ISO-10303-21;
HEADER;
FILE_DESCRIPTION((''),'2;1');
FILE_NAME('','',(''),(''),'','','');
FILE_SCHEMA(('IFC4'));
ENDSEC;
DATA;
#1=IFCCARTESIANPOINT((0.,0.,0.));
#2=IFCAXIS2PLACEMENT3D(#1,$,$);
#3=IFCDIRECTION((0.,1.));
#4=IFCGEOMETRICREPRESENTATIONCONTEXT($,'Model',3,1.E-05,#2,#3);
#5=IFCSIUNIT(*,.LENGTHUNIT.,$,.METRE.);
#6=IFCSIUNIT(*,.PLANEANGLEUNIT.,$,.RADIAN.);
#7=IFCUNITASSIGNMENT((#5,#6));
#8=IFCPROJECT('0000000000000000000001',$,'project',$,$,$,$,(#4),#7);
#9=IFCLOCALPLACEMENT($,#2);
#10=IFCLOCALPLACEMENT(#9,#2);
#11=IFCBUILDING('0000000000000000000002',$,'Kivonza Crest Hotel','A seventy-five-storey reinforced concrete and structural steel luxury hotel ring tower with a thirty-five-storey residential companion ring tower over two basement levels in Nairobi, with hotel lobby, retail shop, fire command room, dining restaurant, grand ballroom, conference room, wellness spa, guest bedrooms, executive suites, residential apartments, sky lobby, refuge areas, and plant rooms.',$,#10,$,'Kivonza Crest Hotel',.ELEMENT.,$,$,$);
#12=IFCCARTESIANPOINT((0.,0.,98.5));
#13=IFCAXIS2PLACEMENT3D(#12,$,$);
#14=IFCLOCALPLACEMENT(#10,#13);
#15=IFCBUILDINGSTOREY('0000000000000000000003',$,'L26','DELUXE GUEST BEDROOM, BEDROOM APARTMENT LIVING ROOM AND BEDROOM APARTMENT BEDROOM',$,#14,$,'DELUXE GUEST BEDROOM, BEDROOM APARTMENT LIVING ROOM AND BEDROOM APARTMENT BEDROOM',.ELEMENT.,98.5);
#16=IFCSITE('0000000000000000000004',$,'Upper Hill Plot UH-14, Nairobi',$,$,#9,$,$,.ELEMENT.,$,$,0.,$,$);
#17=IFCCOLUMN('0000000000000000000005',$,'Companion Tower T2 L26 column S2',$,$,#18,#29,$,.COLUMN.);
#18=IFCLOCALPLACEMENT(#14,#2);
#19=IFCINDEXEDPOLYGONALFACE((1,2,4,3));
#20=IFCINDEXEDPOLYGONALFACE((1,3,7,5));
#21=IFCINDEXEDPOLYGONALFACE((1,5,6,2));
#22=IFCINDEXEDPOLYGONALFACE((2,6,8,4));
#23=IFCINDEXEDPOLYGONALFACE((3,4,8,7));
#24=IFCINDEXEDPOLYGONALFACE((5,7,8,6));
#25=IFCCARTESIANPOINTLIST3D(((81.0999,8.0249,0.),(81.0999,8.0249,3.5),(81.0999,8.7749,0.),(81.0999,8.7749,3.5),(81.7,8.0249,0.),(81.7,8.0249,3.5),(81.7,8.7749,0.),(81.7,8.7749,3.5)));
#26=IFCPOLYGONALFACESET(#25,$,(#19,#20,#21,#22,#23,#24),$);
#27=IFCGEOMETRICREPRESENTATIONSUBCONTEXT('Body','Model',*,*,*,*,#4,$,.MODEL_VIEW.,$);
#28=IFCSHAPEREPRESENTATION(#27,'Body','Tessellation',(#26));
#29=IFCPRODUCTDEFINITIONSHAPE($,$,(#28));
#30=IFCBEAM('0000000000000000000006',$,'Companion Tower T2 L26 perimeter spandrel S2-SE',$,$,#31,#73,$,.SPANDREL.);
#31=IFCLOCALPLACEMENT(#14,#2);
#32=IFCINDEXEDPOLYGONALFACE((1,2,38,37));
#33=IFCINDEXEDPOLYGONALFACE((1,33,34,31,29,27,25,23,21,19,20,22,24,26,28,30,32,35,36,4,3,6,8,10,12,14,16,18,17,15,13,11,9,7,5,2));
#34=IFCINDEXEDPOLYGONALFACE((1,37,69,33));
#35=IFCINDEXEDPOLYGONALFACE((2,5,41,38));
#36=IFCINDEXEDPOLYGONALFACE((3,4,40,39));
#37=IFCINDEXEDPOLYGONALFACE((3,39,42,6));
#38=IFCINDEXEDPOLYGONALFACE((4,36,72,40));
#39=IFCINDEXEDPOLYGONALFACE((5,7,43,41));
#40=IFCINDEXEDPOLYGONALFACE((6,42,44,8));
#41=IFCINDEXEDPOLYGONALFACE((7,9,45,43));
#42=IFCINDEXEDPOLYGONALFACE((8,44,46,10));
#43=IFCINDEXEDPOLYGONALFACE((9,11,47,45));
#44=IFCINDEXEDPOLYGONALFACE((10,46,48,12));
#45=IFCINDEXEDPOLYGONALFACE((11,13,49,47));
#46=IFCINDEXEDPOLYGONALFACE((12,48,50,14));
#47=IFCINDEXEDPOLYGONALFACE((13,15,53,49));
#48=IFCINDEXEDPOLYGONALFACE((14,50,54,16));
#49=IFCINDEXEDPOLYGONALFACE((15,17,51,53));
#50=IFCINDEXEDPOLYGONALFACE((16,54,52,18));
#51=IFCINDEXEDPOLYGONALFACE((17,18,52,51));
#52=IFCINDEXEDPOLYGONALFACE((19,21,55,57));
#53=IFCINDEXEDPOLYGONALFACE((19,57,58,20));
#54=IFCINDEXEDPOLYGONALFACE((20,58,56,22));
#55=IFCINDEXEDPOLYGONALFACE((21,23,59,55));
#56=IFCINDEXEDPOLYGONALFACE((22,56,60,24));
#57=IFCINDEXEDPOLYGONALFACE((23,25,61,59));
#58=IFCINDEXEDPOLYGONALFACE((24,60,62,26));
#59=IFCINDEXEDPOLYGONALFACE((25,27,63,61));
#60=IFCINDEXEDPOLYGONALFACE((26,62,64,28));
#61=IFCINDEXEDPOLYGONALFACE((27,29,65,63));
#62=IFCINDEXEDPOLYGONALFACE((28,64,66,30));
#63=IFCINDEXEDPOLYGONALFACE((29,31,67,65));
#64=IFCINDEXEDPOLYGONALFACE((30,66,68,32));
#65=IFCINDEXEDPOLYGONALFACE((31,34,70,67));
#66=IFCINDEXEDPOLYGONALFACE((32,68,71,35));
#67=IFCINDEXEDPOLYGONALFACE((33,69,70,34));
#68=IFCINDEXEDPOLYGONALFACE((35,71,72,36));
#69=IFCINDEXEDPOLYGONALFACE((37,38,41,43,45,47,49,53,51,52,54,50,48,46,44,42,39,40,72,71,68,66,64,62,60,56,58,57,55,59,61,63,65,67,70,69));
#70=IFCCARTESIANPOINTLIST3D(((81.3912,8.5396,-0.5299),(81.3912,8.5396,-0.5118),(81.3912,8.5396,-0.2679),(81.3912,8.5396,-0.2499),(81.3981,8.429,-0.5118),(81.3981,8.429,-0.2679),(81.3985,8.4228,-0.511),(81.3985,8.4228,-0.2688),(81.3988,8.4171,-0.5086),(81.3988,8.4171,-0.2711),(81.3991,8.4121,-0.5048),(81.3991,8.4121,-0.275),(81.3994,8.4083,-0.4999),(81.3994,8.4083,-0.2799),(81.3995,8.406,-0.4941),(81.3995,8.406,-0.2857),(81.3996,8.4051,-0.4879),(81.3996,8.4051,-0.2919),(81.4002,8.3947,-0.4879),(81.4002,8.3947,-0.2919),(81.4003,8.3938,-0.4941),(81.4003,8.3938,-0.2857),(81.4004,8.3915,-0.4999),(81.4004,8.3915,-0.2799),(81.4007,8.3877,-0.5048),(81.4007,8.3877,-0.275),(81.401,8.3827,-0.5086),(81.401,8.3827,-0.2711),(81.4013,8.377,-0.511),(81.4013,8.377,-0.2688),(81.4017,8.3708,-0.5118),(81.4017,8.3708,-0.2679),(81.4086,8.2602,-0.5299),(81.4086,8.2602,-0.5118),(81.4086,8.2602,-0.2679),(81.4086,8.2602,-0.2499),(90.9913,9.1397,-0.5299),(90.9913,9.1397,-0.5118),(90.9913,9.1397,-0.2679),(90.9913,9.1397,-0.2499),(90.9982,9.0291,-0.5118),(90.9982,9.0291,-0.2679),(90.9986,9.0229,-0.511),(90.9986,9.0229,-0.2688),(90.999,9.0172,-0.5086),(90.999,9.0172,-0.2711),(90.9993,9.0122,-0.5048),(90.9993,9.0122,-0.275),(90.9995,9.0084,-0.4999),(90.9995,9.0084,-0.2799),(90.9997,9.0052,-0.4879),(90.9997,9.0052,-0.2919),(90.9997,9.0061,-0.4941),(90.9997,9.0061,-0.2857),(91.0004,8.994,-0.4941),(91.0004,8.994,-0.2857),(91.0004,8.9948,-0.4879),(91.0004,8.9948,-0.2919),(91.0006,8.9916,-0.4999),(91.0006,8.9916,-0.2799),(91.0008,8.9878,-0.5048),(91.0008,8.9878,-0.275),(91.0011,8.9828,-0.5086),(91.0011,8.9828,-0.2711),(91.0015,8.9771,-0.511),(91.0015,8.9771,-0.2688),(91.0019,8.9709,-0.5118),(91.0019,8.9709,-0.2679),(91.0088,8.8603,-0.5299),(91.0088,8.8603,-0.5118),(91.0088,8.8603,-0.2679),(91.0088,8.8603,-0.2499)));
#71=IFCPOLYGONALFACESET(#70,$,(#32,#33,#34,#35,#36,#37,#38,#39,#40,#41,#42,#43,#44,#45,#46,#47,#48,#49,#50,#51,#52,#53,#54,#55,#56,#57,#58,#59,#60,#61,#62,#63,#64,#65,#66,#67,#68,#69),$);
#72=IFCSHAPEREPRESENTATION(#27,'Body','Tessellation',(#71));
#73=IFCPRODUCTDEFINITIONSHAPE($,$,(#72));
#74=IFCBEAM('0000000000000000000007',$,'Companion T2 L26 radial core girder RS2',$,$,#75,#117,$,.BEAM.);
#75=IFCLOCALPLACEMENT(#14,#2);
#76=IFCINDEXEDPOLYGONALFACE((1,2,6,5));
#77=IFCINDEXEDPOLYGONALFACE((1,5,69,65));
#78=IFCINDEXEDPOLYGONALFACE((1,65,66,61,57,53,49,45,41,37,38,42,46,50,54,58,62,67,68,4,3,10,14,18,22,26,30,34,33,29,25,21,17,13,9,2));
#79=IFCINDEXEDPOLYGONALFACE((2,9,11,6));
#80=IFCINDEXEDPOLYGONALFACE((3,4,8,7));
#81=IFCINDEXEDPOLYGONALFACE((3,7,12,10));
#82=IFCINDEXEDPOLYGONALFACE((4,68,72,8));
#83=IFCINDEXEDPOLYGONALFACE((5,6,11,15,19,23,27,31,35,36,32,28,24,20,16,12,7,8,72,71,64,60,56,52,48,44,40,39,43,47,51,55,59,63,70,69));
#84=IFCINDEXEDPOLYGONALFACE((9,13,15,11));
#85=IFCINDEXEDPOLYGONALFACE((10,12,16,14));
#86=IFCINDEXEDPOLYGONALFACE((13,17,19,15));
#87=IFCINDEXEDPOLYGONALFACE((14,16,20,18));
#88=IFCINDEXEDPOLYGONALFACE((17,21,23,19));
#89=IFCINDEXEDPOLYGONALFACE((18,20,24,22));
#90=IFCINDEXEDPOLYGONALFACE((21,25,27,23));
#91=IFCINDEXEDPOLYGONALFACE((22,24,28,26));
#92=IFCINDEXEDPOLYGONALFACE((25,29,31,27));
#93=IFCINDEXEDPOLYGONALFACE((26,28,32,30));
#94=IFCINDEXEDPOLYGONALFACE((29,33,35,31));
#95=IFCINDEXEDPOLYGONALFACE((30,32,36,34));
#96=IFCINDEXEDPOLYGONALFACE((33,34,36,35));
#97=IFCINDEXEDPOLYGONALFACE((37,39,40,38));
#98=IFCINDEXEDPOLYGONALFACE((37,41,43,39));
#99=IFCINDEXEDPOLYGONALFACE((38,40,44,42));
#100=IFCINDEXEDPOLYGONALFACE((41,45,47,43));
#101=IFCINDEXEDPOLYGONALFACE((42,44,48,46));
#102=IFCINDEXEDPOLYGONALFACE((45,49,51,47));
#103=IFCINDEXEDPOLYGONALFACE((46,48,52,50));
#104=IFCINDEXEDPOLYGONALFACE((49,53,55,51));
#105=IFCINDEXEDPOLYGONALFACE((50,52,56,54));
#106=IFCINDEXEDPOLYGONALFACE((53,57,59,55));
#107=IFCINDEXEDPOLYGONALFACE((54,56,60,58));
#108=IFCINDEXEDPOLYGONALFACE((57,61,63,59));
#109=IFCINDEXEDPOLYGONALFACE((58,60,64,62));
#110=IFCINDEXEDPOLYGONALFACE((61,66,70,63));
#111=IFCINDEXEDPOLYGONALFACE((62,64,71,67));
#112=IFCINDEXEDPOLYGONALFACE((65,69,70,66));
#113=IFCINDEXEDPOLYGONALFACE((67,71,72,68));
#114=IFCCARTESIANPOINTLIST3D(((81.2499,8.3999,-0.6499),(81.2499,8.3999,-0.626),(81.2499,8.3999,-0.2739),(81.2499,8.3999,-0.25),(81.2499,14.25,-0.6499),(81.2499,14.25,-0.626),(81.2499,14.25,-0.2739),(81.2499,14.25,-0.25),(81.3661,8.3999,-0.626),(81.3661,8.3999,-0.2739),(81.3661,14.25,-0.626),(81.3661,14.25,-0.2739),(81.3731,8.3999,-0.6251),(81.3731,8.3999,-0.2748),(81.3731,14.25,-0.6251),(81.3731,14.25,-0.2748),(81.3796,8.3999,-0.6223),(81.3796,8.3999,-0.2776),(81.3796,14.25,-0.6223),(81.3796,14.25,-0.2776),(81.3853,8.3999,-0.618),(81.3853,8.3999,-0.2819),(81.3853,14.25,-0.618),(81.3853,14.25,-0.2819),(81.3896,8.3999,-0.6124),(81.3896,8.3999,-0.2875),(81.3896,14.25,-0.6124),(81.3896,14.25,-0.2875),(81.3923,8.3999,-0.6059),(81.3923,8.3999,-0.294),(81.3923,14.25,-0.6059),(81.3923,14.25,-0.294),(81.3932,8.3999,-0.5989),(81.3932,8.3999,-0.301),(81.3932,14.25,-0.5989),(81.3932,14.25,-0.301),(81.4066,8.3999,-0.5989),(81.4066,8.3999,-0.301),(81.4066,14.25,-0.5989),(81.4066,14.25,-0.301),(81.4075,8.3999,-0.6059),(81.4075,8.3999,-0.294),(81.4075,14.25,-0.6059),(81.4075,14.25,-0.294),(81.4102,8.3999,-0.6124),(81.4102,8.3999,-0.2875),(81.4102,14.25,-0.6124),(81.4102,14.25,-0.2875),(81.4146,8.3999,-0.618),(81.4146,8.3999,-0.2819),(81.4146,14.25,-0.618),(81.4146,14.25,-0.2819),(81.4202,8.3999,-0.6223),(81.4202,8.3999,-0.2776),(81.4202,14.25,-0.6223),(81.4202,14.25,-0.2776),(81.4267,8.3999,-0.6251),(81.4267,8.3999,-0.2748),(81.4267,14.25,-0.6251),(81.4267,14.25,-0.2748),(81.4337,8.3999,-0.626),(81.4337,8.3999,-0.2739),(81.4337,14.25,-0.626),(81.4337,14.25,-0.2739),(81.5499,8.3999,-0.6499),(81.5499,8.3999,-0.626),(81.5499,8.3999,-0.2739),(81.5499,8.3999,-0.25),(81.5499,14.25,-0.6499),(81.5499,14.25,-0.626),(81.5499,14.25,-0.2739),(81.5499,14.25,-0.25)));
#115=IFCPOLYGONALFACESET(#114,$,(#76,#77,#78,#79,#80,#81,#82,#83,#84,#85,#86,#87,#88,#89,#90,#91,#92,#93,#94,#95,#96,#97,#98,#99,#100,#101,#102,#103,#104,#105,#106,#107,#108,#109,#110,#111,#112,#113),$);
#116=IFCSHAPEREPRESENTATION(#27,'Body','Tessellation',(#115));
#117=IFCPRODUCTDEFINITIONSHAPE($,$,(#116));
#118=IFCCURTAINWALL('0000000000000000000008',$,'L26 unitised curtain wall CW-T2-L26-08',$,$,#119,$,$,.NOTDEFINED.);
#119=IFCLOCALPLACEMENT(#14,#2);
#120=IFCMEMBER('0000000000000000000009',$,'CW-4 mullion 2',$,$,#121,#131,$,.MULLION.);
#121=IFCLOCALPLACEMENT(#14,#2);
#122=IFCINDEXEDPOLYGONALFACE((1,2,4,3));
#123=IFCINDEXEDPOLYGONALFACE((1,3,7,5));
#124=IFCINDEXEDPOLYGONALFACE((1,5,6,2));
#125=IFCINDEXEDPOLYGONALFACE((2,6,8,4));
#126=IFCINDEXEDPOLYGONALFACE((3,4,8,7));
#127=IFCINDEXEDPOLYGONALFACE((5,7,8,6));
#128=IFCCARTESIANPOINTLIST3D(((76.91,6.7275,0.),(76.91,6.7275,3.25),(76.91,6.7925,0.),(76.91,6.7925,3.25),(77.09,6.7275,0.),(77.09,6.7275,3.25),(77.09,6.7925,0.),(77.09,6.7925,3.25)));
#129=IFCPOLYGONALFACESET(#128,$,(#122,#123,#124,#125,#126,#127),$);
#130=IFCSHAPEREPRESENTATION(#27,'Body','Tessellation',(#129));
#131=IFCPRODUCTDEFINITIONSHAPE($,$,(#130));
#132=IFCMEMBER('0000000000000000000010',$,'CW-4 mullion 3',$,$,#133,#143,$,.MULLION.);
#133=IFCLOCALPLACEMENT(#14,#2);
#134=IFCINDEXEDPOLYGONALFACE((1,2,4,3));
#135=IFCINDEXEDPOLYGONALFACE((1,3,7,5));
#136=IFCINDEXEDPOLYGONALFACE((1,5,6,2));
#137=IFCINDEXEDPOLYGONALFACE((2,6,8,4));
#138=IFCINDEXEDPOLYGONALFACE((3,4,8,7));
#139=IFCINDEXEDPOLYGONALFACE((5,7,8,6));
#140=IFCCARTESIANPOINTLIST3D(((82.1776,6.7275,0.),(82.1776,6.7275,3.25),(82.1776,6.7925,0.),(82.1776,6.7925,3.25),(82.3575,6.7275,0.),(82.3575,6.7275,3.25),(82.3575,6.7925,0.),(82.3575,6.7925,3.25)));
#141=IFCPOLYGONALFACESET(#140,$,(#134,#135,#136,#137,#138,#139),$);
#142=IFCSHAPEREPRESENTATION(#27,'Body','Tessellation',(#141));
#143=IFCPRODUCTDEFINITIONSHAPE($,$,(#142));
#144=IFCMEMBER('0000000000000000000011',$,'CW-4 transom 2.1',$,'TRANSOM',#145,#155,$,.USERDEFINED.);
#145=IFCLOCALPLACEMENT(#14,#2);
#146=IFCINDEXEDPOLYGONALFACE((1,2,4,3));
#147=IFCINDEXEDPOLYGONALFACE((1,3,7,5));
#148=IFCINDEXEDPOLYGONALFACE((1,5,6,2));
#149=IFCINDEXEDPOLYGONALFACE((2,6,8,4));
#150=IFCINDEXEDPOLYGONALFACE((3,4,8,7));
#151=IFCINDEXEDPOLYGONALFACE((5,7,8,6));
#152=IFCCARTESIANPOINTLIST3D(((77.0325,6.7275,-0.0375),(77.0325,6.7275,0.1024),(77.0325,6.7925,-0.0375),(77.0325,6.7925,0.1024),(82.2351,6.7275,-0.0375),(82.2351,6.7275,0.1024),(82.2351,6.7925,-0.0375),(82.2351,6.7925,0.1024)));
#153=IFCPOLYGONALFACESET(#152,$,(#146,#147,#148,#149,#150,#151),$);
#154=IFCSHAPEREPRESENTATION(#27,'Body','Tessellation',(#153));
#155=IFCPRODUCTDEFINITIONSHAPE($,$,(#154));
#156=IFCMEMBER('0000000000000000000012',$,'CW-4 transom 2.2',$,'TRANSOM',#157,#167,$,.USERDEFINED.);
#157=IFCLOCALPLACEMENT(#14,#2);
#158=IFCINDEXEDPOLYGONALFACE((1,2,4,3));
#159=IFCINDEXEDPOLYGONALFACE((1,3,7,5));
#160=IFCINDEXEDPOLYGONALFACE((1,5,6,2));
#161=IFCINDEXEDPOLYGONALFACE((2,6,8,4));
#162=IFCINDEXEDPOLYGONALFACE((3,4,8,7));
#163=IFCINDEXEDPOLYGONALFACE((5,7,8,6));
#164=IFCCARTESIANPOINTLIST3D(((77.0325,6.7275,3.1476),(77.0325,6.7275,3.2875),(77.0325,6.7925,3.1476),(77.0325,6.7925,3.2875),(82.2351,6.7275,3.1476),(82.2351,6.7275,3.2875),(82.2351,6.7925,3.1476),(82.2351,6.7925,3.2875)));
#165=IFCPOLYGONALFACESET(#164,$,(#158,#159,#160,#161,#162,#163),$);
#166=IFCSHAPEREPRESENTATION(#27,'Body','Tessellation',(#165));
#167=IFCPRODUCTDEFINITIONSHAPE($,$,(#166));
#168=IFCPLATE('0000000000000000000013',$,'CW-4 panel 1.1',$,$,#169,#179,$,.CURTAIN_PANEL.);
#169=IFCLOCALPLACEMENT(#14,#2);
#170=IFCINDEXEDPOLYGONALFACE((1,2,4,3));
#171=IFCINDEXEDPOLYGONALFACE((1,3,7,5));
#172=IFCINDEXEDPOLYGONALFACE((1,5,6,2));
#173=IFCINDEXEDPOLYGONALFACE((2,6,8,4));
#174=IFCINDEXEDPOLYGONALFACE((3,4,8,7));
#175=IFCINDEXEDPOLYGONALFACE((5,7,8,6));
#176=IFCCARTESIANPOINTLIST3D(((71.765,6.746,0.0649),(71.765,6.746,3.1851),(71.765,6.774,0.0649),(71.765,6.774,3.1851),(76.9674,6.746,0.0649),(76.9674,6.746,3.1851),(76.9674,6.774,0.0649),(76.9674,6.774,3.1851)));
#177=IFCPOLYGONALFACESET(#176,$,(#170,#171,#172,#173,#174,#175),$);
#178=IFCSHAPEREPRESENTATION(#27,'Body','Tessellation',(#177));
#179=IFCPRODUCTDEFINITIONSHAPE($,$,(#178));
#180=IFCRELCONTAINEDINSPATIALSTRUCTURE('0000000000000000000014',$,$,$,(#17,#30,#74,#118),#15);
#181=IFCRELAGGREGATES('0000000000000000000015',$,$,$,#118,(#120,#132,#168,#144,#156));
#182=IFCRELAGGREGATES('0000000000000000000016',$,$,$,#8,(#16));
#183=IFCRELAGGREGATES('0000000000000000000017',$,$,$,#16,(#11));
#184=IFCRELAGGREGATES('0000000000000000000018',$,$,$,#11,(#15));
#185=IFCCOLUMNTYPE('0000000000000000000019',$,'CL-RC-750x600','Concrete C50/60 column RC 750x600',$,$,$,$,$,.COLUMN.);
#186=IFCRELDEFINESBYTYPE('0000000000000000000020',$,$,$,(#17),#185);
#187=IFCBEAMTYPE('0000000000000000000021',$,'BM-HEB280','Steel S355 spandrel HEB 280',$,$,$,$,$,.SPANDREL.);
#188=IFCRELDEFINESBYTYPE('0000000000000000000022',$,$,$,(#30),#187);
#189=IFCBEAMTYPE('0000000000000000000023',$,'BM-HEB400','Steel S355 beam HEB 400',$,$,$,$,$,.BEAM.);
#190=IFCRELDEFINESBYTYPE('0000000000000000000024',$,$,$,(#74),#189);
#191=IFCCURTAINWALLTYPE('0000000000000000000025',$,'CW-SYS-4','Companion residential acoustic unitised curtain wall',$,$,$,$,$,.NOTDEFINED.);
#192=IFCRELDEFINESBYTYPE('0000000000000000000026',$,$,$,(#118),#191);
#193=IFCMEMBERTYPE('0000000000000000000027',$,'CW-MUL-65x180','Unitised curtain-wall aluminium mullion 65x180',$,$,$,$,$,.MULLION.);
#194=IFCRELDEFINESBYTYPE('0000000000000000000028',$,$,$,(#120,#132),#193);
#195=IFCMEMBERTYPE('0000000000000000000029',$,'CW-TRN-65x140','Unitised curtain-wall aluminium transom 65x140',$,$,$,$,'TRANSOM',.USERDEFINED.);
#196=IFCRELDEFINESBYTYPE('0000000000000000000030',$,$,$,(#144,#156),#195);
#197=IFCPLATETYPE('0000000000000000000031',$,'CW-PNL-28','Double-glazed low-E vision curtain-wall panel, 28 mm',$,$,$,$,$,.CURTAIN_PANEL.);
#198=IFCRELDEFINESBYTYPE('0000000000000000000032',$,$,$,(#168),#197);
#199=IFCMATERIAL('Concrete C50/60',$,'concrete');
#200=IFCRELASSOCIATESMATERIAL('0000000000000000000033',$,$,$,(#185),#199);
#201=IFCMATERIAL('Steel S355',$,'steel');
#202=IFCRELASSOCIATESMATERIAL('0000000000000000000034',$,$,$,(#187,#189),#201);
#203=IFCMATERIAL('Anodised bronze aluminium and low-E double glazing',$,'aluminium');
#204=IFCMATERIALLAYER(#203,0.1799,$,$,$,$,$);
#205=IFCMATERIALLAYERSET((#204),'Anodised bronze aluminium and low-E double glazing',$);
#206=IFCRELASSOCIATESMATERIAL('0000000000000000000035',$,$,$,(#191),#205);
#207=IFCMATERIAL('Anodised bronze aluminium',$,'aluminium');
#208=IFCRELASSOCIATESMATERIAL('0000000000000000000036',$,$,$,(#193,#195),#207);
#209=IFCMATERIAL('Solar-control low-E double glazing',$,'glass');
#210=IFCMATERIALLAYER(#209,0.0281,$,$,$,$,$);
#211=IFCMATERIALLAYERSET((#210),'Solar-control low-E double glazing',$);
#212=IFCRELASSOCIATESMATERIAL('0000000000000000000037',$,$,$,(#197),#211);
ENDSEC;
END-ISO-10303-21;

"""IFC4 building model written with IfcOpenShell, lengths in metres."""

from ifc_helpers import new_model, si_unit, direction, frame, origin, origin_2d, place, context, subcontext, project, spatial, rectangle, i_section, extrude, material, layer, layer_set, material_profile, profile_set, type_object, element, aggregate, save


model = new_model("IFC4")

# Units and contexts
model_context = context("Model", 3, precision=1e-05, world=origin(), true_north=direction((0.0, 1.0)))
body_context = subcontext(model_context, "Body", "Model", "MODEL_VIEW")
ifc_project = project(units=[si_unit("LENGTHUNIT", "METRE"), si_unit("PLANEANGLEUNIT", "RADIAN")], contexts=[model_context])

# Site, building, storey
site_placement = place(None, origin())
site = spatial("IfcSite", under=ifc_project, at=site_placement, Name="Upper Hill Plot UH-14, Nairobi", CompositionType="ELEMENT", RefElevation=0.0)
building_placement = place(site_placement, origin())
building = spatial("IfcBuilding", under=site, at=building_placement, Name="Kivonza Crest Hotel", Description="A seventy-five-storey reinforced concrete and structural steel luxury hotel ring tower with a thirty-five-storey residential companion ring tower over two basement levels in Nairobi, with hotel lobby, retail shop, fire command room, dining restaurant, grand ballroom, conference room, wellness spa, guest bedrooms, executive suites, residential apartments, sky lobby, refuge areas, and plant rooms.", LongName="Kivonza Crest Hotel", CompositionType="ELEMENT")
storey_placement = place(building_placement, frame((0.0, 0.0, 98.5)))
storey = spatial("IfcBuildingStorey", under=building, at=storey_placement, Name="L26", Description="DELUXE GUEST BEDROOM, BEDROOM APARTMENT LIVING ROOM AND BEDROOM APARTMENT BEDROOM", LongName="DELUXE GUEST BEDROOM, BEDROOM APARTMENT LIVING ROOM AND BEDROOM APARTMENT BEDROOM", CompositionType="ELEMENT", Elevation=98.5)

# Column
ifc_material_1 = material(Name="Concrete C50/60", Category="concrete")
ifc_material_profile_1 = material_profile(ifc_material_1, rectangle(XDim=0.6001, YDim=0.75, at=origin_2d()), Name="RC 750x600")
ifc_profile_set_1 = profile_set([ifc_material_profile_1], Name="Concrete C50/60")
column_type = type_object("IfcColumnType", Name="CL-RC-750x600", Description="Concrete C50/60 column RC 750x600", PredefinedType="COLUMN", material=ifc_profile_set_1)
column_placement = place(storey_placement, frame((81.3999, 8.3999, 0.0), z_axis=(0.0, 0.0, 1.0), x_axis=(1.0, 0.0, 0.0)))
element("IfcColumn", 1, at=column_placement, inside=storey, type_object=column_type, Name="Companion Tower T2 L26 column S2", PredefinedType="COLUMN", context=body_context, shape_type="SweptSolid", body=[
    extrude(rectangle(XDim=0.6001, YDim=0.75, at=origin_2d()), origin(), (0.0, 0.0, 1.0), 3.5),
])

# Beams
ifc_material_2 = material(Name="Steel S355", Category="steel")
ifc_material_profile_2 = material_profile(ifc_material_2, i_section(OverallWidth=0.28, OverallDepth=0.28, WebThickness=0.0105, FlangeThickness=0.0181, FilletRadius=0.0239, at=origin_2d()), Name="HEB 280")
ifc_profile_set_2 = profile_set([ifc_material_profile_2], Name="Steel S355")
beam_type_1 = type_object("IfcBeamType", Name="BM-HEB280", Description="Steel S355 spandrel HEB 280", PredefinedType="SPANDREL", material=ifc_profile_set_2)
beam_1_placement = place(storey_placement, frame((81.3999, 8.3999, -0.3899), z_axis=(0.998052, 0.062388, 0.0), x_axis=(-0.062388, 0.998052, 0.0)))
element("IfcBeam", 2, at=beam_1_placement, inside=storey, type_object=beam_type_1, Name="Companion Tower T2 L26 perimeter spandrel S2-SE", PredefinedType="SPANDREL", context=body_context, shape_type="SweptSolid", body=[
    extrude(i_section(OverallWidth=0.28, OverallDepth=0.28, WebThickness=0.0105, FlangeThickness=0.0181, FilletRadius=0.0239, at=origin_2d()), origin(), (0.0, 0.0, 1.0), 9.6189),
])
ifc_material_profile_3 = material_profile(ifc_material_2, i_section(OverallWidth=0.3, OverallDepth=0.3999, WebThickness=0.0134, FlangeThickness=0.0239, FilletRadius=0.0271, at=origin_2d()), Name="HEB 400")
ifc_profile_set_3 = profile_set([ifc_material_profile_3], Name="Steel S355")
beam_type_2 = type_object("IfcBeamType", Name="BM-HEB400", Description="Steel S355 beam HEB 400", PredefinedType="BEAM", material=ifc_profile_set_3)
beam_2_placement = place(storey_placement, frame((81.3999, 8.3999, -0.45), z_axis=(0.0, 1.0, 0.0), x_axis=(-1.0, 0.0, 0.0)))
element("IfcBeam", 3, at=beam_2_placement, inside=storey, type_object=beam_type_2, Name="Companion T2 L26 radial core girder RS2", PredefinedType="BEAM", context=body_context, shape_type="SweptSolid", body=[
    extrude(i_section(OverallWidth=0.3, OverallDepth=0.3999, WebThickness=0.0134, FlangeThickness=0.0239, FilletRadius=0.0271, at=origin_2d()), origin(), (0.0, 0.0, 1.0), 5.8501),
])

# Curtain wall, members, plate
ifc_material_3 = material(Name="Anodised bronze aluminium and low-E double glazing", Category="aluminium")
ifc_layer_1 = layer(ifc_material_3, 0.1799)
ifc_layer_set_1 = layer_set([ifc_layer_1], Name="Anodised bronze aluminium and low-E double glazing")
curtain_wall_type = type_object("IfcCurtainWallType", Name="CW-SYS-4", Description="Companion residential acoustic unitised curtain wall", PredefinedType="NOTDEFINED", material=ifc_layer_set_1)
curtain_wall_placement = place(storey_placement, origin())
curtain_wall = element("IfcCurtainWall", 4, at=curtain_wall_placement, inside=storey, type_object=curtain_wall_type, Name="L26 unitised curtain wall CW-T2-L26-08", PredefinedType="NOTDEFINED")
ifc_material_4 = material(Name="Anodised bronze aluminium", Category="aluminium")
ifc_material_profile_4 = material_profile(ifc_material_4, rectangle(XDim=0.0649, YDim=0.1799, at=origin_2d()), Name="CW-M 65x180")
ifc_profile_set_4 = profile_set([ifc_material_profile_4], Name="Anodised bronze aluminium")
member_type_1 = type_object("IfcMemberType", Name="CW-MUL-65x180", Description="Unitised curtain-wall aluminium mullion 65x180", PredefinedType="MULLION", material=ifc_profile_set_4)
member_1_placement = place(storey_placement, frame((77.0, 6.76, 0.0), z_axis=(0.0, 0.0, 1.0), x_axis=(0.0, 1.0, 0.0)))
member_1 = element("IfcMember", 5, at=member_1_placement, type_object=member_type_1, Name="CW-4 mullion 2", PredefinedType="MULLION", context=body_context, shape_type="SweptSolid", body=[
    extrude(rectangle(XDim=0.0649, YDim=0.1799, at=origin_2d()), origin(), (0.0, 0.0, 1.0), 3.25),
])
member_2_placement = place(storey_placement, frame((82.2676, 6.76, 0.0), z_axis=(0.0, 0.0, 1.0), x_axis=(0.0, 1.0, 0.0)))
member_2 = element("IfcMember", 6, at=member_2_placement, type_object=member_type_1, Name="CW-4 mullion 3", PredefinedType="MULLION", context=body_context, shape_type="SweptSolid", body=[
    extrude(rectangle(XDim=0.0649, YDim=0.1799, at=origin_2d()), origin(), (0.0, 0.0, 1.0), 3.25),
])
ifc_material_profile_5 = material_profile(ifc_material_4, rectangle(XDim=0.0649, YDim=0.1399, at=origin_2d()), Name="CW-T 65x140")
ifc_profile_set_5 = profile_set([ifc_material_profile_5], Name="Anodised bronze aluminium")
member_type_2 = type_object("IfcMemberType", Name="CW-TRN-65x140", Description="Unitised curtain-wall aluminium transom 65x140", ElementType="TRANSOM", PredefinedType="USERDEFINED", material=ifc_profile_set_5)
member_3_placement = place(storey_placement, frame((77.0325, 6.76, 0.0325), z_axis=(1.0, 0.0, 0.0), x_axis=(0.0, 1.0, 0.0)))
member_3 = element("IfcMember", 7, at=member_3_placement, type_object=member_type_2, Name="CW-4 transom 2.1", ObjectType="TRANSOM", PredefinedType="USERDEFINED", context=body_context, shape_type="SweptSolid", body=[
    extrude(rectangle(XDim=0.0649, YDim=0.1399, at=origin_2d()), origin(), (0.0, 0.0, 1.0), 5.2026),
])
member_4_placement = place(storey_placement, frame((77.0325, 6.76, 3.2175), z_axis=(1.0, 0.0, 0.0), x_axis=(0.0, 1.0, 0.0)))
member_4 = element("IfcMember", 8, at=member_4_placement, type_object=member_type_2, Name="CW-4 transom 2.2", ObjectType="TRANSOM", PredefinedType="USERDEFINED", context=body_context, shape_type="SweptSolid", body=[
    extrude(rectangle(XDim=0.0649, YDim=0.1399, at=origin_2d()), origin(), (0.0, 0.0, 1.0), 5.2026),
])
ifc_material_5 = material(Name="Solar-control low-E double glazing", Category="glass")
ifc_layer_2 = layer(ifc_material_5, 0.0281)
ifc_layer_set_2 = layer_set([ifc_layer_2], Name="Solar-control low-E double glazing")
plate_type = type_object("IfcPlateType", Name="CW-PNL-28", Description="Double-glazed low-E vision curtain-wall panel, 28 mm", PredefinedType="CURTAIN_PANEL", material=ifc_layer_set_2)
plate_1_placement = place(storey_placement, frame((74.3662, 6.76, 0.0649), z_axis=(0.0, 0.0, 1.0), x_axis=(1.0, 0.0, 0.0)))
plate_1 = element("IfcPlate", 9, at=plate_1_placement, type_object=plate_type, Name="CW-4 panel 1.1", PredefinedType="CURTAIN_PANEL", context=body_context, shape_type="SweptSolid", body=[
    extrude(rectangle(XDim=5.2024, YDim=0.0281, at=origin_2d()), origin(), (0.0, 0.0, 1.0), 3.1201),
])
aggregate(curtain_wall, [member_1, member_2, plate_1, member_3, member_4])

save(model, "model.ifc")
